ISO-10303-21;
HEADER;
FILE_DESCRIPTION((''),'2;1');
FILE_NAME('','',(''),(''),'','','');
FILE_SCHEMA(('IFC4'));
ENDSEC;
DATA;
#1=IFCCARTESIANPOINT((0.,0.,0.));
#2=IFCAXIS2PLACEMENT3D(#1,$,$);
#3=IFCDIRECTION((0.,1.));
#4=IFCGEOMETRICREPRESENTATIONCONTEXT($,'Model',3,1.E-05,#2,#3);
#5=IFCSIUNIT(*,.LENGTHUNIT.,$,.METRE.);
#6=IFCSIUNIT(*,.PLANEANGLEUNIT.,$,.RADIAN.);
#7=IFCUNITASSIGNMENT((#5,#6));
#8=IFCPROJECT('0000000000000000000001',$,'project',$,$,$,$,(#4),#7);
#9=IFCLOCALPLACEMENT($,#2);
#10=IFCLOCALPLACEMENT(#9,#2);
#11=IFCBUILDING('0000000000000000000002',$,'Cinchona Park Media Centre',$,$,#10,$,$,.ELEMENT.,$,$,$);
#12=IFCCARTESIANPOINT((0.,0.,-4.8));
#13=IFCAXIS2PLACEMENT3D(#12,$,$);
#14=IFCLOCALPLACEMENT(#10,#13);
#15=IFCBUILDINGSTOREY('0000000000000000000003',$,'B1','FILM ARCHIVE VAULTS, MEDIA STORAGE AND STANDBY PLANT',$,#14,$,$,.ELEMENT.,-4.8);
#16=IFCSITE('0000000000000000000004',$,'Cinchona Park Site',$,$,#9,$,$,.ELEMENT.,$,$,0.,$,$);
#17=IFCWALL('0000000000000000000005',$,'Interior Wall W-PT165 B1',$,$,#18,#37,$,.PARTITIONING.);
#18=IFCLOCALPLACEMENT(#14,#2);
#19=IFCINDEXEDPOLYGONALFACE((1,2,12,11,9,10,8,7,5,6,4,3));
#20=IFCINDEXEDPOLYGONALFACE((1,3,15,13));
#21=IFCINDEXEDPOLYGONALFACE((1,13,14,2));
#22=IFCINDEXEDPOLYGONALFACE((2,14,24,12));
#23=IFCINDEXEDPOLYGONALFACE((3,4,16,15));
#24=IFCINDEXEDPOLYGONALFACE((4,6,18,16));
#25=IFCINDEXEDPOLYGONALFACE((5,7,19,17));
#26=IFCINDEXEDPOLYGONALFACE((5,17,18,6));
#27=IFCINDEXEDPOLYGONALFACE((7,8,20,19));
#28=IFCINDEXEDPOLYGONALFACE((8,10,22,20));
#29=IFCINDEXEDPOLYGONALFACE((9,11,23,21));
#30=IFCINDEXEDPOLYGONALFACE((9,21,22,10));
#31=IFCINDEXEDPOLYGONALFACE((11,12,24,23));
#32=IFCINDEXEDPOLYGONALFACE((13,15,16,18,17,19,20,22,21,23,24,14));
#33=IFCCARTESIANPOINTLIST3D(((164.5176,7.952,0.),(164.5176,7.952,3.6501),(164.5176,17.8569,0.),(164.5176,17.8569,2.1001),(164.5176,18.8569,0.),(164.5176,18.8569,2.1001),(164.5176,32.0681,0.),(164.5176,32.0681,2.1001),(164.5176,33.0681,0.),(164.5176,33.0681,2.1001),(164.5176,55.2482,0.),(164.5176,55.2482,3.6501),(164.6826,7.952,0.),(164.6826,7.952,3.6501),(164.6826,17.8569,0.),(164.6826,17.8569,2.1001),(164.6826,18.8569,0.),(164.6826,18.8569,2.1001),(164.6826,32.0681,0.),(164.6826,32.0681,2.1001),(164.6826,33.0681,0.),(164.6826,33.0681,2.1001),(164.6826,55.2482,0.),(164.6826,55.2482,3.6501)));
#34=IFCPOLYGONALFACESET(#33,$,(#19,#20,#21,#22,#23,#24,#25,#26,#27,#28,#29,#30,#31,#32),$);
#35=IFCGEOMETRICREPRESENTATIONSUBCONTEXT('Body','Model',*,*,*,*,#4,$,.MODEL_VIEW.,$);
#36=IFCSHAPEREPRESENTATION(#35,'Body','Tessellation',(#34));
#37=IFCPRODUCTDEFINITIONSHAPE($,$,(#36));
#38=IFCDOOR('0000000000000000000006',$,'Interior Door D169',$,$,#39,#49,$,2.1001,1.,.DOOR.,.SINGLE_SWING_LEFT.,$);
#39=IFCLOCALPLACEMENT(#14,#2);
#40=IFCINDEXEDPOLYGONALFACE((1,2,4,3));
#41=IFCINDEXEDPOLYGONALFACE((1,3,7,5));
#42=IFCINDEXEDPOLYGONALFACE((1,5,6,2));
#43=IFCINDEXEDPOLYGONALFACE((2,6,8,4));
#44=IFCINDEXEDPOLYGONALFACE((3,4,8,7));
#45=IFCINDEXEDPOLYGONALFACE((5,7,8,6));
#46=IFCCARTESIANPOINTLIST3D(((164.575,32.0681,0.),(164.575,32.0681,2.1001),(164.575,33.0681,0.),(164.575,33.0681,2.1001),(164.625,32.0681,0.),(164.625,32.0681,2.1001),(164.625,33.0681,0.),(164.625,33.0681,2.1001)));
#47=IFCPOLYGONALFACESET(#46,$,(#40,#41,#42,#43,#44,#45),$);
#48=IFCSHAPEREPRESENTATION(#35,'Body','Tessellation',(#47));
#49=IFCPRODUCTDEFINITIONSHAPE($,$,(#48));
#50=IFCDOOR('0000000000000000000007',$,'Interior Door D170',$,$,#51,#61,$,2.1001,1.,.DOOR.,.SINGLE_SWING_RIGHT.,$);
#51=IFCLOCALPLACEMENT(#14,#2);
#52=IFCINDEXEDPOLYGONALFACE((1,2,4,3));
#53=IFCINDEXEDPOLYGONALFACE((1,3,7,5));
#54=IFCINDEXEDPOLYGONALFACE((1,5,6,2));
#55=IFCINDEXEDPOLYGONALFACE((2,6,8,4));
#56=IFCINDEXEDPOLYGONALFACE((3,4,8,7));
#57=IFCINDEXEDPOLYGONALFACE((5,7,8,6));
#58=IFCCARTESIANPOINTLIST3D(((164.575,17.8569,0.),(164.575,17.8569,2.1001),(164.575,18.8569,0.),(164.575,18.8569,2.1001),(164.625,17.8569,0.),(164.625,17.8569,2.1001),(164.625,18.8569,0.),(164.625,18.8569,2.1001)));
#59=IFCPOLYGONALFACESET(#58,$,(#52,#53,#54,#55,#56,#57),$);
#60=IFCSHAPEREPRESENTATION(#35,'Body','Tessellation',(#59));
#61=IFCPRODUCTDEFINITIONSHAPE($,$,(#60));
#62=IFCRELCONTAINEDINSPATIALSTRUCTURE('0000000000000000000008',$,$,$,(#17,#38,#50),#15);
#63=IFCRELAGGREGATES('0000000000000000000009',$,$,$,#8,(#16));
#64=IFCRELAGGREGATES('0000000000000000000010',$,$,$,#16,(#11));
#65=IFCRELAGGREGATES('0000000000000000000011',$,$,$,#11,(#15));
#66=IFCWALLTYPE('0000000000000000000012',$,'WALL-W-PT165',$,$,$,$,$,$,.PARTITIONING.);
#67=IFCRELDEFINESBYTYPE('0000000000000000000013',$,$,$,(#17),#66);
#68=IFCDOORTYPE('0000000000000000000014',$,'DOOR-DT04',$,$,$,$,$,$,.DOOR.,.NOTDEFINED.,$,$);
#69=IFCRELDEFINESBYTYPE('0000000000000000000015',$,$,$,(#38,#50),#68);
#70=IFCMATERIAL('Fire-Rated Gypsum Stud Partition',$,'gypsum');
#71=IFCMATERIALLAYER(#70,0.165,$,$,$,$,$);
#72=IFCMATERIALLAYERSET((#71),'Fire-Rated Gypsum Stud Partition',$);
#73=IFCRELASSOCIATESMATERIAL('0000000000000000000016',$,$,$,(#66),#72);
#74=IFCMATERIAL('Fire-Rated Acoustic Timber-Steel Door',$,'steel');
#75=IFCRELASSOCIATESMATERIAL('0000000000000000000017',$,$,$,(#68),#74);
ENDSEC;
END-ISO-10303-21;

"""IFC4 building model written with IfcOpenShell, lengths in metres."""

from ifc_helpers import new_model, si_unit, direction, frame, frame_2d, origin, place, context, subcontext, project, spatial, rectangle, extrude, material, layer, layer_set, type_object, element, fill, save


model = new_model("IFC4")

# Units and contexts
model_context = context("Model", 3, precision=1e-05, world=origin(), true_north=direction((0.0, 1.0)))
body_context = subcontext(model_context, "Body", "Model", "MODEL_VIEW")
ifc_project = project(units=[si_unit("LENGTHUNIT", "METRE"), si_unit("PLANEANGLEUNIT", "RADIAN")], contexts=[model_context])

# Site, building, storey
site_placement = place(None, origin())
site = spatial("IfcSite", under=ifc_project, at=site_placement, Name="Cinchona Park Site", CompositionType="ELEMENT", RefElevation=0.0)
building_placement = place(site_placement, origin())
building = spatial("IfcBuilding", under=site, at=building_placement, Name="Cinchona Park Media Centre", CompositionType="ELEMENT")
storey_placement = place(building_placement, frame((0.0, 0.0, -4.8)))
storey = spatial("IfcBuildingStorey", under=building, at=storey_placement, Name="B1", Description="FILM ARCHIVE VAULTS, MEDIA STORAGE AND STANDBY PLANT", CompositionType="ELEMENT", Elevation=-4.8)

# Wall, openings, doors
ifc_material_1 = material(Name="Fire-Rated Gypsum Stud Partition", Category="gypsum")
ifc_layer_1 = layer(ifc_material_1, 0.165)
ifc_layer_set_1 = layer_set([ifc_layer_1], Name="Fire-Rated Gypsum Stud Partition")
wall_type_1 = type_object("IfcWallType", Name="WALL-W-PT165", PredefinedType="PARTITIONING", material=ifc_layer_set_1)
wall_1_placement = place(storey_placement, frame((164.6001, 55.248, 0.0), z_axis=(0.0, 0.0, 1.0), x_axis=(0.0, -1.0, 0.0)))
wall_1 = element("IfcWall", 1, at=wall_1_placement, inside=storey, type_object=wall_type_1, Name="Interior Wall W-PT165 B1", PredefinedType="PARTITIONING", context=body_context, shape_type="SweptSolid", body=[
    extrude(rectangle(XDim=47.2961, YDim=0.165, at=frame_2d((23.6479, 0.0))), origin(), (0.0, 0.0, 1.0), 3.6501),
])
opening_1_placement = place(wall_1_placement, frame((22.1799, 0.0, 0.0)))
opening_1 = element("IfcOpeningElement", 2, at=opening_1_placement, cuts=wall_1, PredefinedType="OPENING", context=body_context, shape_type="SweptSolid", body=[
    extrude(rectangle(XDim=1.0, YDim=2.1001, at=frame_2d((0.5, 1.05))), frame((0.0, 0.0925, 0.0), z_axis=(0.0, -1.0, 0.0), x_axis=(1.0, 0.0, 0.0)), (0.0, 0.0, 1.0), 0.1851),
])
opening_2_placement = place(wall_1_placement, frame((36.3911, 0.0, 0.0)))
opening_2 = element("IfcOpeningElement", 3, at=opening_2_placement, cuts=wall_1, PredefinedType="OPENING", context=body_context, shape_type="SweptSolid", body=[
    extrude(rectangle(XDim=1.0, YDim=2.1001, at=frame_2d((0.5, 1.05))), frame((0.0, 0.0925, 0.0), z_axis=(0.0, -1.0, 0.0), x_axis=(1.0, 0.0, 0.0)), (0.0, 0.0, 1.0), 0.1851),
])
ifc_material_2 = material(Name="Fire-Rated Acoustic Timber-Steel Door", Category="steel")
door_type = type_object("IfcDoorType", Name="DOOR-DT04", OperationType="NOTDEFINED", PredefinedType="DOOR", material=ifc_material_2)
door_1_placement = place(opening_1_placement, origin())
door_1 = element("IfcDoor", 4, at=door_1_placement, inside=storey, type_object=door_type, Name="Interior Door D169", OperationType="SINGLE_SWING_LEFT", OverallHeight=2.1001, OverallWidth=1.0, PredefinedType="DOOR", context=body_context, shape_type="SweptSolid", body=[
    extrude(rectangle(XDim=1.0, YDim=2.1001, at=frame_2d((0.5, 1.05))), frame((0.0, 0.0249, 0.0), z_axis=(0.0, -1.0, 0.0), x_axis=(1.0, 0.0, 0.0)), (0.0, 0.0, 1.0), 0.05),
])
fill(opening_1, door_1)
door_2_placement = place(opening_2_placement, origin())
door_2 = element("IfcDoor", 5, at=door_2_placement, inside=storey, type_object=door_type, Name="Interior Door D170", OperationType="SINGLE_SWING_RIGHT", OverallHeight=2.1001, OverallWidth=1.0, PredefinedType="DOOR", context=body_context, shape_type="SweptSolid", body=[
    extrude(rectangle(XDim=1.0, YDim=2.1001, at=frame_2d((0.5, 1.05))), frame((0.0, 0.0249, 0.0), z_axis=(0.0, -1.0, 0.0), x_axis=(1.0, 0.0, 0.0)), (0.0, 0.0, 1.0), 0.05),
])
fill(opening_2, door_2)

save(model, "model.ifc")
